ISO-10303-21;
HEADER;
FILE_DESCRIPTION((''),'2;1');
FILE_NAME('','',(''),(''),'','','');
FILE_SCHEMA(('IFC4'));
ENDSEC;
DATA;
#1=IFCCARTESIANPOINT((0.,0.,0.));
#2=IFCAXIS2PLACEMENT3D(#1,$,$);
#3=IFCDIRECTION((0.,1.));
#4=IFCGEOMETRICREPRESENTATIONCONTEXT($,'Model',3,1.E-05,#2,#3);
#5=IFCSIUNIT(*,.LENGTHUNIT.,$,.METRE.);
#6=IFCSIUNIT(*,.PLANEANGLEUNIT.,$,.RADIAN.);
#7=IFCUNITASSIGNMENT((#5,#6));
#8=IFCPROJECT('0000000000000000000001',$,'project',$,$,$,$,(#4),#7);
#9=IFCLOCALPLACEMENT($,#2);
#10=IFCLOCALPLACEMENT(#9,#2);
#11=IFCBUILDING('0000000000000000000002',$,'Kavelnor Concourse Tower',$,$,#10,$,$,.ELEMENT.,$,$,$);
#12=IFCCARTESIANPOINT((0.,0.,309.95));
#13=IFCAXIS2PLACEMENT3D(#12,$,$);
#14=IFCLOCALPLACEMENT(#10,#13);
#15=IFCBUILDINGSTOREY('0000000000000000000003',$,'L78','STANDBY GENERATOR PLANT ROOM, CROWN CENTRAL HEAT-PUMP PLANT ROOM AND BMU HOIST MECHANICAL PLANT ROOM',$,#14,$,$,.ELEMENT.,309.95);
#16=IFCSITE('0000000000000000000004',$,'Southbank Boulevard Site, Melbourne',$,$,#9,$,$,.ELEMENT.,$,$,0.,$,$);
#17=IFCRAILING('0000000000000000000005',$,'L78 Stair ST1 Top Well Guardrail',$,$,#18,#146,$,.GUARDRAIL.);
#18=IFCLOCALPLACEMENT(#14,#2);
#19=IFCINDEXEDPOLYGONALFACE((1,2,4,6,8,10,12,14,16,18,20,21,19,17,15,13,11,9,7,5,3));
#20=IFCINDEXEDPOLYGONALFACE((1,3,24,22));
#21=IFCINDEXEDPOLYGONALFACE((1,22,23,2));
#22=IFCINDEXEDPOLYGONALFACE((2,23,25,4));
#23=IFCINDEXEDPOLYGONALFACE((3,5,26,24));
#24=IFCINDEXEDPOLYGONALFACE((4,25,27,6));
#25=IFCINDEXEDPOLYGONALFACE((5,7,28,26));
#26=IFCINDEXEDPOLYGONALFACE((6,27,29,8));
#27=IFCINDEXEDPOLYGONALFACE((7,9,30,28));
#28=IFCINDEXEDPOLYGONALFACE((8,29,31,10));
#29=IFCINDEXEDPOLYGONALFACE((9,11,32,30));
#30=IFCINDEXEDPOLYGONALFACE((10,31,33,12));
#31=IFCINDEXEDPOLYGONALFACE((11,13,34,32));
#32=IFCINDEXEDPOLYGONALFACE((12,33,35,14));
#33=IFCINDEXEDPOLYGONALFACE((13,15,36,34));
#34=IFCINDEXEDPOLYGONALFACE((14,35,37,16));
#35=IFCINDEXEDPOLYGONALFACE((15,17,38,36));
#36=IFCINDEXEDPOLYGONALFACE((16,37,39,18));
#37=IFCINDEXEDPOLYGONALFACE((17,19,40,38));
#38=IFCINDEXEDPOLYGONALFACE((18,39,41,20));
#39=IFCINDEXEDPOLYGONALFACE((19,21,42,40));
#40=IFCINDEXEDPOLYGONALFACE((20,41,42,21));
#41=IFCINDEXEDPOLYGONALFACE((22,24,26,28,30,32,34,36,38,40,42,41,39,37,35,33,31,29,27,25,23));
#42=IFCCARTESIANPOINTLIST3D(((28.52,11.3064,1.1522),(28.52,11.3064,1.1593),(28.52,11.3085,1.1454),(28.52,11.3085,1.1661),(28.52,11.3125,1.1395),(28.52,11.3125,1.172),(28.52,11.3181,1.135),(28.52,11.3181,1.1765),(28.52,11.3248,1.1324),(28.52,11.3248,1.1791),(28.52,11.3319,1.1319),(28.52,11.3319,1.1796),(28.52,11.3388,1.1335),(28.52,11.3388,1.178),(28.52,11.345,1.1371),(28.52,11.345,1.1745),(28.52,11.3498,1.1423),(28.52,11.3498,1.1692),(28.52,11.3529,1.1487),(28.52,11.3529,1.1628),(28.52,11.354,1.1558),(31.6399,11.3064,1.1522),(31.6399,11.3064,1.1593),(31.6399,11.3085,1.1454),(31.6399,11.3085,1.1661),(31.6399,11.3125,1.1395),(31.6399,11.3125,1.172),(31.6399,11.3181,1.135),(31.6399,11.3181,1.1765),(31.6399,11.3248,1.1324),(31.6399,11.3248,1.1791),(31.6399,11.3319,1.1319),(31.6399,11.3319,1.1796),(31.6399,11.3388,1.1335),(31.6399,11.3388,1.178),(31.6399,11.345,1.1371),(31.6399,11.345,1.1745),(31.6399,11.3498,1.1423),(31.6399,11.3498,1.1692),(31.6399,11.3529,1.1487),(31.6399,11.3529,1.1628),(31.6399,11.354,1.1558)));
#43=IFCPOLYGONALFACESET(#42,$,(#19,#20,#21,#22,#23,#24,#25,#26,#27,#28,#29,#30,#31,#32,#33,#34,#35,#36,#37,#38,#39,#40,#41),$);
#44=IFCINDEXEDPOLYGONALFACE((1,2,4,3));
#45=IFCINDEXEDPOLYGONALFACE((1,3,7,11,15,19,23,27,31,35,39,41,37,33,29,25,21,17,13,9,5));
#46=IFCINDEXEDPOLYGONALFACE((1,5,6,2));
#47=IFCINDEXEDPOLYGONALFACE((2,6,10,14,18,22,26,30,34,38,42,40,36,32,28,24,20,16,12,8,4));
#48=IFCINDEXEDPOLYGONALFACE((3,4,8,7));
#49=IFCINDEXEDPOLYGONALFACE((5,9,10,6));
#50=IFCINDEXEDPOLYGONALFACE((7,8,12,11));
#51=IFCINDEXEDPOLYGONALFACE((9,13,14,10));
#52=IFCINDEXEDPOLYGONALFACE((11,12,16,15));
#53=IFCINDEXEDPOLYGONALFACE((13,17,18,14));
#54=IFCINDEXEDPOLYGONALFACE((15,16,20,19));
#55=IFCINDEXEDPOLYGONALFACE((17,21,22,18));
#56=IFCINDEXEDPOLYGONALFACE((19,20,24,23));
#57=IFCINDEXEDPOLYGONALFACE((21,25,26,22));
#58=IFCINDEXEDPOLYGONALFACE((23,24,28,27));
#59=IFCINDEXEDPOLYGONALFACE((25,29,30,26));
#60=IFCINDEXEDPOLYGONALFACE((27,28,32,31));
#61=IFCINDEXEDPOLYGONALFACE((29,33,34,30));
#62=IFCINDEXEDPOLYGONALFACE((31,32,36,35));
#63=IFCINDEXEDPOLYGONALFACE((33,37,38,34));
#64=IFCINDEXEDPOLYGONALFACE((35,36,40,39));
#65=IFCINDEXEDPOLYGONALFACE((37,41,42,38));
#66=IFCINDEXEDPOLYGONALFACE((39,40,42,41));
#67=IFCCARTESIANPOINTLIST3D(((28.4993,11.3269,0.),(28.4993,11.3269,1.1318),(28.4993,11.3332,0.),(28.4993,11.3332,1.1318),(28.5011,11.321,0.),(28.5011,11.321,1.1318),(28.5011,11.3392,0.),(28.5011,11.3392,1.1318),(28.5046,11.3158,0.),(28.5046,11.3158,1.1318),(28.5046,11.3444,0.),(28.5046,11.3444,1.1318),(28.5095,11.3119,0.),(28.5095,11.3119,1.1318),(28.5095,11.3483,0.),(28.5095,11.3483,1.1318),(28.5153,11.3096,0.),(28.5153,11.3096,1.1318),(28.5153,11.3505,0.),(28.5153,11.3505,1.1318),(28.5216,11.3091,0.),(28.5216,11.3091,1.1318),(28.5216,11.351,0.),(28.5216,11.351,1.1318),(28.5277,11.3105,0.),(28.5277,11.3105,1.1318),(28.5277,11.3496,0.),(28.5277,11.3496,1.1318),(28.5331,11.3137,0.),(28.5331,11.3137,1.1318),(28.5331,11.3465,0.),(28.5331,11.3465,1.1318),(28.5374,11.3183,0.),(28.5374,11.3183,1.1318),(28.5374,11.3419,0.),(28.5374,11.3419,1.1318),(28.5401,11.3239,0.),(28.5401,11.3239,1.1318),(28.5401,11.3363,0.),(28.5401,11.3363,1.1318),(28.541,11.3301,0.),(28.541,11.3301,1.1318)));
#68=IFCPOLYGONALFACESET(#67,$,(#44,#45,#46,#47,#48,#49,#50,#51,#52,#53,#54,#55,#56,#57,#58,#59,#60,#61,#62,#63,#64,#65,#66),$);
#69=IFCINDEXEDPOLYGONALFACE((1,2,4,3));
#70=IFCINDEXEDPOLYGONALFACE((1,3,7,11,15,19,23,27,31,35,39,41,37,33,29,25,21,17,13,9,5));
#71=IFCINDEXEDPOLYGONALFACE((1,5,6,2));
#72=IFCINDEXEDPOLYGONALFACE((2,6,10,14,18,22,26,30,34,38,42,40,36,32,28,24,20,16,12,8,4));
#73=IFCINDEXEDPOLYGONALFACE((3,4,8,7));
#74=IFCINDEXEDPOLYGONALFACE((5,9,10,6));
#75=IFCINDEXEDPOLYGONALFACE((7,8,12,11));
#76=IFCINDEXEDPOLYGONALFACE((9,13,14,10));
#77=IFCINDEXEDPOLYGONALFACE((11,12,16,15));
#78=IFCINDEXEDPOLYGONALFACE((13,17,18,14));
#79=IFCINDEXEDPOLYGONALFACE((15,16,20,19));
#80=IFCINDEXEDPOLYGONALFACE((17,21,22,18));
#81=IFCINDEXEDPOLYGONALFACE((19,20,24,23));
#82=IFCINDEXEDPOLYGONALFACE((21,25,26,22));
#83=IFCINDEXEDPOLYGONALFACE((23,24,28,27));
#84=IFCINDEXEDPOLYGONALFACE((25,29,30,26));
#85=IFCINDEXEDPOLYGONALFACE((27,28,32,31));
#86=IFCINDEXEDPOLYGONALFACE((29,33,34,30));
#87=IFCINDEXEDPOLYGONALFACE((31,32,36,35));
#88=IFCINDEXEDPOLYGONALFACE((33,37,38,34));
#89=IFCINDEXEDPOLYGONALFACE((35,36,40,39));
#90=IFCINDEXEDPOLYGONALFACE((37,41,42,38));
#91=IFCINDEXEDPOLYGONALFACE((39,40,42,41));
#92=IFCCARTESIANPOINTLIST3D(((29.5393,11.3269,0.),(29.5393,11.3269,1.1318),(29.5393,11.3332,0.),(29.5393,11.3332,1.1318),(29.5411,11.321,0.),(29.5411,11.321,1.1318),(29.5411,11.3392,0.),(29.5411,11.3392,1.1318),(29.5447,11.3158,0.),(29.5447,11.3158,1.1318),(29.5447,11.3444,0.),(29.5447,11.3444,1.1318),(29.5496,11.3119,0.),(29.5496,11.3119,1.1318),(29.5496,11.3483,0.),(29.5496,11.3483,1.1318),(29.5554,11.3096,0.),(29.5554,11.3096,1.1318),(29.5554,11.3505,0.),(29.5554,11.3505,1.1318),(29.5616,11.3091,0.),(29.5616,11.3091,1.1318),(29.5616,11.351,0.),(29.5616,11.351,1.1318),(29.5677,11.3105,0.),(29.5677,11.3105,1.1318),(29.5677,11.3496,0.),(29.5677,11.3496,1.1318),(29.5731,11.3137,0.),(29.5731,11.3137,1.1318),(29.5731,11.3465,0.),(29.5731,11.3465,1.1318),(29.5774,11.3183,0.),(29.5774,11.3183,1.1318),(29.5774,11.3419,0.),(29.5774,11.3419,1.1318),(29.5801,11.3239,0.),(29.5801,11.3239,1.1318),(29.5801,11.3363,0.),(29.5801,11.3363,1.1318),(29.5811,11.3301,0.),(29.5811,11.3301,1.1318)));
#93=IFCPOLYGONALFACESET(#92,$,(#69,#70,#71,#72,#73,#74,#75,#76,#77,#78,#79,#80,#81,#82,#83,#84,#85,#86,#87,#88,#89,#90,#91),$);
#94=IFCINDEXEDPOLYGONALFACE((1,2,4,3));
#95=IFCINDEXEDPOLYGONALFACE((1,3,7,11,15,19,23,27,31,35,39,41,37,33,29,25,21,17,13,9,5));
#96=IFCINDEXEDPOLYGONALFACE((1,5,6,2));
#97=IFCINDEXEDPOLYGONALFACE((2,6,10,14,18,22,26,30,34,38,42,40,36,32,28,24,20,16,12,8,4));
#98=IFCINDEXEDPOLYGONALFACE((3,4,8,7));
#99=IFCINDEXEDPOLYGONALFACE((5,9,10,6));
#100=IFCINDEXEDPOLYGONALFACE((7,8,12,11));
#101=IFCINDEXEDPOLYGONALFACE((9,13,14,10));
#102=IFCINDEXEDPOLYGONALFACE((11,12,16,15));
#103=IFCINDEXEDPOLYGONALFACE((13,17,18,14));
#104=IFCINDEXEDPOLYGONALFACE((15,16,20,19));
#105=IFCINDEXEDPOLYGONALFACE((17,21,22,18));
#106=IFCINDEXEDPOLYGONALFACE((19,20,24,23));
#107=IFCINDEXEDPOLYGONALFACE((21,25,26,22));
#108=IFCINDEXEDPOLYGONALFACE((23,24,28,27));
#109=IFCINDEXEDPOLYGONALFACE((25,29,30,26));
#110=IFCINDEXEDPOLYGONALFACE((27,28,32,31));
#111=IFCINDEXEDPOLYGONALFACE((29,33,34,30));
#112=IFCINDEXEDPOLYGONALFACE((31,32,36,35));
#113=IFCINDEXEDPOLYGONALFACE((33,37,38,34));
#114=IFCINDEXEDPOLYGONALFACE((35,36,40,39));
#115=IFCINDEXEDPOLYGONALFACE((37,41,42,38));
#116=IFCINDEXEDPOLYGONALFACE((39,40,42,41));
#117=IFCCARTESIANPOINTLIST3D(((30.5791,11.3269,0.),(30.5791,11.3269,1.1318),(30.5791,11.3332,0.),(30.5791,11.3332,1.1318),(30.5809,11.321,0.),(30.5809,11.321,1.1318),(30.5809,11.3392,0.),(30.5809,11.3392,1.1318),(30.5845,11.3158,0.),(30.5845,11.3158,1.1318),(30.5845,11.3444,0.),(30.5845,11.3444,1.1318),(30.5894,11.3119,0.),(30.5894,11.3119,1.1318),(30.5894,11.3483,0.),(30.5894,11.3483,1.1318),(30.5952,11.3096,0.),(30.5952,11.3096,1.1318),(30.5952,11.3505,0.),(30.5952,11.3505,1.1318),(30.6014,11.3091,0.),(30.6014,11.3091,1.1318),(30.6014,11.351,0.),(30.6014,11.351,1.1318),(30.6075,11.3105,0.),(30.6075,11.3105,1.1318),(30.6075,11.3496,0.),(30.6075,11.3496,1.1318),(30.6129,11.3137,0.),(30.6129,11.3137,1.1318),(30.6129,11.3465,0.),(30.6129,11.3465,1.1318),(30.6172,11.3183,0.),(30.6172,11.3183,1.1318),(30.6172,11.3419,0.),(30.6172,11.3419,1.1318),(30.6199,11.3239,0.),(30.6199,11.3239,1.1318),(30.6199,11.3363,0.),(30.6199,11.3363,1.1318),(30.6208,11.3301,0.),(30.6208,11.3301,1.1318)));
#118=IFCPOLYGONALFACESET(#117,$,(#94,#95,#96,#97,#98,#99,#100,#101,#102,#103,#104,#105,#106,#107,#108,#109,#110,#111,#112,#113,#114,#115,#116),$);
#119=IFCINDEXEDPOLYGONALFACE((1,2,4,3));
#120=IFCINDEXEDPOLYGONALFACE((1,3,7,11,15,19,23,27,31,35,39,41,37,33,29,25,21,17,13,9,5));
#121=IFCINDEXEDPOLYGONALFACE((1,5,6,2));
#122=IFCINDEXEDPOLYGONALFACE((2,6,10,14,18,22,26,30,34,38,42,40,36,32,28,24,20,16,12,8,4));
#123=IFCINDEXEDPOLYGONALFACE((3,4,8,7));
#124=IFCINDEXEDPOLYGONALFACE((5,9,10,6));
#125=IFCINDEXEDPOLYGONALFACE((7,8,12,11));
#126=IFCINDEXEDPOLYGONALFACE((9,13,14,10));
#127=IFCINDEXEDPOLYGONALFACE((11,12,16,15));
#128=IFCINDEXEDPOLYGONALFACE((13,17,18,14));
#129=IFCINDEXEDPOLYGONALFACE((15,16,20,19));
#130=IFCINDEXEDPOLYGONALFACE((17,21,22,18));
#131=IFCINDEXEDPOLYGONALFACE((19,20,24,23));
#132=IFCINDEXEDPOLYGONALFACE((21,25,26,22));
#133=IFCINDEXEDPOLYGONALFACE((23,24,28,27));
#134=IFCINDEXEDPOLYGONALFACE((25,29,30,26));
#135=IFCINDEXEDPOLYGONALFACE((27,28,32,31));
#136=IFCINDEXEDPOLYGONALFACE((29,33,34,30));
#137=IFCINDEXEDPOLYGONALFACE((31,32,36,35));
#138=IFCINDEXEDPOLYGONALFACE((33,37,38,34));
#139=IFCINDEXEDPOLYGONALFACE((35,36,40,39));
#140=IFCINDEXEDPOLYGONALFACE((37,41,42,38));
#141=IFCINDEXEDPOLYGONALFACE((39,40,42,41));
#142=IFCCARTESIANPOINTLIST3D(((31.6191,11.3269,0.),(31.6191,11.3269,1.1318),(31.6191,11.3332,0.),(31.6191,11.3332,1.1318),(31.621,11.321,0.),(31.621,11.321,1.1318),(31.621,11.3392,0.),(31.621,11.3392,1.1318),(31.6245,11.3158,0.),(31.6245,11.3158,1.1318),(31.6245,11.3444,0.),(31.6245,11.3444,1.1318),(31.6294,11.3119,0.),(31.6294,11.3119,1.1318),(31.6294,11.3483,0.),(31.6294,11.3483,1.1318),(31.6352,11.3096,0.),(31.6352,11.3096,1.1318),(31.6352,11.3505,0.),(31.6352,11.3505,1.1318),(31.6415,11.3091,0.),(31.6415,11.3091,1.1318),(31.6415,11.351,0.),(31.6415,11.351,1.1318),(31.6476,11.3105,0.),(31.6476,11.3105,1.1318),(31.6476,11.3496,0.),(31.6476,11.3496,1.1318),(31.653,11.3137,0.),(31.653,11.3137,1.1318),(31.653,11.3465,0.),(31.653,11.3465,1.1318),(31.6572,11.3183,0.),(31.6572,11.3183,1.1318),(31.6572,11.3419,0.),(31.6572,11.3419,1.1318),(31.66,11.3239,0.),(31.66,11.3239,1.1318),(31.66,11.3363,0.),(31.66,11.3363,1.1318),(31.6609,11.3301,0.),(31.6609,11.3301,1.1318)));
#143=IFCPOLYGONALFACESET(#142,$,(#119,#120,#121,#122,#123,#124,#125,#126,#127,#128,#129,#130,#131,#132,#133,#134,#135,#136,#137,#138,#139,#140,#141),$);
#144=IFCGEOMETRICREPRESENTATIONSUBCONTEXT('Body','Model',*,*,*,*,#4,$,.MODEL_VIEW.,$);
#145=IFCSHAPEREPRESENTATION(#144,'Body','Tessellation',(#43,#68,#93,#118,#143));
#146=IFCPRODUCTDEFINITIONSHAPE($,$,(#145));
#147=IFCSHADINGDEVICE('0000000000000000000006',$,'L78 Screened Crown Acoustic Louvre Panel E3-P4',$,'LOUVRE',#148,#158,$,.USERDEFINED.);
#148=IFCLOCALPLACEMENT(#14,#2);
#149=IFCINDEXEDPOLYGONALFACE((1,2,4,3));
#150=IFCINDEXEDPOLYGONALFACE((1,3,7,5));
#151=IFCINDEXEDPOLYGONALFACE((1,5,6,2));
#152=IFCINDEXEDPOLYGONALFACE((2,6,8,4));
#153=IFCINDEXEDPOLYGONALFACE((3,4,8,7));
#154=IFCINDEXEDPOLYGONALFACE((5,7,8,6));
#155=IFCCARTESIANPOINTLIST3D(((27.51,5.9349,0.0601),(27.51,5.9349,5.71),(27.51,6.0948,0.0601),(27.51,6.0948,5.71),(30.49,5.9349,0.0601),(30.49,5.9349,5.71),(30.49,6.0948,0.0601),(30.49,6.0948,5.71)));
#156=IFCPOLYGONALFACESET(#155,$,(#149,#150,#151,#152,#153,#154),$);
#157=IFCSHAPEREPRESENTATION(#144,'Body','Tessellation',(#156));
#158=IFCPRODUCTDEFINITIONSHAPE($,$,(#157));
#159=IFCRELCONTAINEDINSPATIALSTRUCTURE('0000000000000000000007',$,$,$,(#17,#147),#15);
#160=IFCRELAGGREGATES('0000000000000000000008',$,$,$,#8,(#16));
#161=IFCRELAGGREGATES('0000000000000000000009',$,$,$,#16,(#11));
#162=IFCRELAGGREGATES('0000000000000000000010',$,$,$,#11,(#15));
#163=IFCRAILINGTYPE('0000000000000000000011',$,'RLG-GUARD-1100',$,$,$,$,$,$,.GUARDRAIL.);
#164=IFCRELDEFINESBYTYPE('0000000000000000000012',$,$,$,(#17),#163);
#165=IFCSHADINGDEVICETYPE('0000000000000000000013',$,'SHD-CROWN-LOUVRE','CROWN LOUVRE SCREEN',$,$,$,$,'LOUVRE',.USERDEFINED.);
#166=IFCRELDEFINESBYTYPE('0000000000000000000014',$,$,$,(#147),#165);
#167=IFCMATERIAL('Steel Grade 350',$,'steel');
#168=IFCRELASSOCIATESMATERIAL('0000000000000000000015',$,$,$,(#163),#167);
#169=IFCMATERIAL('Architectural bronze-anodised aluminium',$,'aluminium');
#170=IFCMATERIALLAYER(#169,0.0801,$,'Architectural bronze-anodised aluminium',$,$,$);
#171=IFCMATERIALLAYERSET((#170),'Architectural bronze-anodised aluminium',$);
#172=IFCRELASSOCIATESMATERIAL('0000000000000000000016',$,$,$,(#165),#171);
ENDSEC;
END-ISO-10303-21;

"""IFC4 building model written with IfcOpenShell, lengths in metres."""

from ifc_helpers import new_model, si_unit, direction, frame, origin, origin_2d, place, context, subcontext, project, spatial, rectangle, circle, extrude, material, layer, layer_set, type_object, element, save


model = new_model("IFC4")

# Units and contexts
model_context = context("Model", 3, precision=1e-05, world=origin(), true_north=direction((0.0, 1.0)))
body_context = subcontext(model_context, "Body", "Model", "MODEL_VIEW")
ifc_project = project(units=[si_unit("LENGTHUNIT", "METRE"), si_unit("PLANEANGLEUNIT", "RADIAN")], contexts=[model_context])

# Site, building, storey
site_placement = place(None, origin())
site = spatial("IfcSite", under=ifc_project, at=site_placement, Name="Southbank Boulevard Site, Melbourne", CompositionType="ELEMENT", RefElevation=0.0)
building_placement = place(site_placement, origin())
building = spatial("IfcBuilding", under=site, at=building_placement, Name="Kavelnor Concourse Tower", CompositionType="ELEMENT")
storey_placement = place(building_placement, frame((0.0, 0.0, 309.95)))
storey = spatial("IfcBuildingStorey", under=building, at=storey_placement, Name="L78", Description="STANDBY GENERATOR PLANT ROOM, CROWN CENTRAL HEAT-PUMP PLANT ROOM AND BMU HOIST MECHANICAL PLANT ROOM", CompositionType="ELEMENT", Elevation=309.95)

# Shared definitions
ifc_material_1 = material(Name="Steel Grade 350", Category="steel")

# Railing
railing_type = type_object("IfcRailingType", Name="RLG-GUARD-1100", PredefinedType="GUARDRAIL", material=ifc_material_1)
railing_placement = place(storey_placement, frame((28.52, 11.3301, 0.0)))
element("IfcRailing", 1, at=railing_placement, inside=storey, type_object=railing_type, Name="L78 Stair ST1 Top Well Guardrail", PredefinedType="GUARDRAIL", context=body_context, shape_type="SweptSolid", body=[
    extrude(circle(Radius=0.0239, at=origin_2d()), frame((0.0, 0.0, 1.1558), z_axis=(1.0, 0.0, 0.0), x_axis=(0.0, 1.0, 0.0)), (0.0, 0.0, 1.0), 3.1199),
    extrude(circle(Radius=0.021, at=origin_2d()), origin(), (0.0, 0.0, 1.0), 1.1318),
    extrude(circle(Radius=0.021, at=origin_2d()), frame((1.04, 0.0, 0.0)), (0.0, 0.0, 1.0), 1.1318),
    extrude(circle(Radius=0.021, at=origin_2d()), frame((2.0798, 0.0, 0.0)), (0.0, 0.0, 1.0), 1.1318),
    extrude(circle(Radius=0.021, at=origin_2d()), frame((3.1199, 0.0, 0.0)), (0.0, 0.0, 1.0), 1.1318),
])

# Shading device
ifc_material_2 = material(Name="Architectural bronze-anodised aluminium", Category="aluminium")
ifc_layer_1 = layer(ifc_material_2, 0.0801, Name="Architectural bronze-anodised aluminium")
ifc_layer_set_1 = layer_set([ifc_layer_1], Name="Architectural bronze-anodised aluminium")
shading_device_type = type_object("IfcShadingDeviceType", Name="SHD-CROWN-LOUVRE", Description="CROWN LOUVRE SCREEN", ElementType="LOUVRE", PredefinedType="USERDEFINED", material=ifc_layer_set_1)
shading_device_placement = place(storey_placement, frame((29.0, 6.0149, 0.0601), z_axis=(0.0, 0.0, 1.0), x_axis=(1.0, 0.0, 0.0)))
element("IfcShadingDevice", 2, at=shading_device_placement, inside=storey, type_object=shading_device_type, Name="L78 Screened Crown Acoustic Louvre Panel E3-P4", ObjectType="LOUVRE", PredefinedType="USERDEFINED", context=body_context, shape_type="SweptSolid", body=[
    extrude(rectangle(XDim=2.98, YDim=0.1599, at=origin_2d()), origin(), (0.0, 0.0, 1.0), 5.6499),
])

save(model, "model.ifc")
